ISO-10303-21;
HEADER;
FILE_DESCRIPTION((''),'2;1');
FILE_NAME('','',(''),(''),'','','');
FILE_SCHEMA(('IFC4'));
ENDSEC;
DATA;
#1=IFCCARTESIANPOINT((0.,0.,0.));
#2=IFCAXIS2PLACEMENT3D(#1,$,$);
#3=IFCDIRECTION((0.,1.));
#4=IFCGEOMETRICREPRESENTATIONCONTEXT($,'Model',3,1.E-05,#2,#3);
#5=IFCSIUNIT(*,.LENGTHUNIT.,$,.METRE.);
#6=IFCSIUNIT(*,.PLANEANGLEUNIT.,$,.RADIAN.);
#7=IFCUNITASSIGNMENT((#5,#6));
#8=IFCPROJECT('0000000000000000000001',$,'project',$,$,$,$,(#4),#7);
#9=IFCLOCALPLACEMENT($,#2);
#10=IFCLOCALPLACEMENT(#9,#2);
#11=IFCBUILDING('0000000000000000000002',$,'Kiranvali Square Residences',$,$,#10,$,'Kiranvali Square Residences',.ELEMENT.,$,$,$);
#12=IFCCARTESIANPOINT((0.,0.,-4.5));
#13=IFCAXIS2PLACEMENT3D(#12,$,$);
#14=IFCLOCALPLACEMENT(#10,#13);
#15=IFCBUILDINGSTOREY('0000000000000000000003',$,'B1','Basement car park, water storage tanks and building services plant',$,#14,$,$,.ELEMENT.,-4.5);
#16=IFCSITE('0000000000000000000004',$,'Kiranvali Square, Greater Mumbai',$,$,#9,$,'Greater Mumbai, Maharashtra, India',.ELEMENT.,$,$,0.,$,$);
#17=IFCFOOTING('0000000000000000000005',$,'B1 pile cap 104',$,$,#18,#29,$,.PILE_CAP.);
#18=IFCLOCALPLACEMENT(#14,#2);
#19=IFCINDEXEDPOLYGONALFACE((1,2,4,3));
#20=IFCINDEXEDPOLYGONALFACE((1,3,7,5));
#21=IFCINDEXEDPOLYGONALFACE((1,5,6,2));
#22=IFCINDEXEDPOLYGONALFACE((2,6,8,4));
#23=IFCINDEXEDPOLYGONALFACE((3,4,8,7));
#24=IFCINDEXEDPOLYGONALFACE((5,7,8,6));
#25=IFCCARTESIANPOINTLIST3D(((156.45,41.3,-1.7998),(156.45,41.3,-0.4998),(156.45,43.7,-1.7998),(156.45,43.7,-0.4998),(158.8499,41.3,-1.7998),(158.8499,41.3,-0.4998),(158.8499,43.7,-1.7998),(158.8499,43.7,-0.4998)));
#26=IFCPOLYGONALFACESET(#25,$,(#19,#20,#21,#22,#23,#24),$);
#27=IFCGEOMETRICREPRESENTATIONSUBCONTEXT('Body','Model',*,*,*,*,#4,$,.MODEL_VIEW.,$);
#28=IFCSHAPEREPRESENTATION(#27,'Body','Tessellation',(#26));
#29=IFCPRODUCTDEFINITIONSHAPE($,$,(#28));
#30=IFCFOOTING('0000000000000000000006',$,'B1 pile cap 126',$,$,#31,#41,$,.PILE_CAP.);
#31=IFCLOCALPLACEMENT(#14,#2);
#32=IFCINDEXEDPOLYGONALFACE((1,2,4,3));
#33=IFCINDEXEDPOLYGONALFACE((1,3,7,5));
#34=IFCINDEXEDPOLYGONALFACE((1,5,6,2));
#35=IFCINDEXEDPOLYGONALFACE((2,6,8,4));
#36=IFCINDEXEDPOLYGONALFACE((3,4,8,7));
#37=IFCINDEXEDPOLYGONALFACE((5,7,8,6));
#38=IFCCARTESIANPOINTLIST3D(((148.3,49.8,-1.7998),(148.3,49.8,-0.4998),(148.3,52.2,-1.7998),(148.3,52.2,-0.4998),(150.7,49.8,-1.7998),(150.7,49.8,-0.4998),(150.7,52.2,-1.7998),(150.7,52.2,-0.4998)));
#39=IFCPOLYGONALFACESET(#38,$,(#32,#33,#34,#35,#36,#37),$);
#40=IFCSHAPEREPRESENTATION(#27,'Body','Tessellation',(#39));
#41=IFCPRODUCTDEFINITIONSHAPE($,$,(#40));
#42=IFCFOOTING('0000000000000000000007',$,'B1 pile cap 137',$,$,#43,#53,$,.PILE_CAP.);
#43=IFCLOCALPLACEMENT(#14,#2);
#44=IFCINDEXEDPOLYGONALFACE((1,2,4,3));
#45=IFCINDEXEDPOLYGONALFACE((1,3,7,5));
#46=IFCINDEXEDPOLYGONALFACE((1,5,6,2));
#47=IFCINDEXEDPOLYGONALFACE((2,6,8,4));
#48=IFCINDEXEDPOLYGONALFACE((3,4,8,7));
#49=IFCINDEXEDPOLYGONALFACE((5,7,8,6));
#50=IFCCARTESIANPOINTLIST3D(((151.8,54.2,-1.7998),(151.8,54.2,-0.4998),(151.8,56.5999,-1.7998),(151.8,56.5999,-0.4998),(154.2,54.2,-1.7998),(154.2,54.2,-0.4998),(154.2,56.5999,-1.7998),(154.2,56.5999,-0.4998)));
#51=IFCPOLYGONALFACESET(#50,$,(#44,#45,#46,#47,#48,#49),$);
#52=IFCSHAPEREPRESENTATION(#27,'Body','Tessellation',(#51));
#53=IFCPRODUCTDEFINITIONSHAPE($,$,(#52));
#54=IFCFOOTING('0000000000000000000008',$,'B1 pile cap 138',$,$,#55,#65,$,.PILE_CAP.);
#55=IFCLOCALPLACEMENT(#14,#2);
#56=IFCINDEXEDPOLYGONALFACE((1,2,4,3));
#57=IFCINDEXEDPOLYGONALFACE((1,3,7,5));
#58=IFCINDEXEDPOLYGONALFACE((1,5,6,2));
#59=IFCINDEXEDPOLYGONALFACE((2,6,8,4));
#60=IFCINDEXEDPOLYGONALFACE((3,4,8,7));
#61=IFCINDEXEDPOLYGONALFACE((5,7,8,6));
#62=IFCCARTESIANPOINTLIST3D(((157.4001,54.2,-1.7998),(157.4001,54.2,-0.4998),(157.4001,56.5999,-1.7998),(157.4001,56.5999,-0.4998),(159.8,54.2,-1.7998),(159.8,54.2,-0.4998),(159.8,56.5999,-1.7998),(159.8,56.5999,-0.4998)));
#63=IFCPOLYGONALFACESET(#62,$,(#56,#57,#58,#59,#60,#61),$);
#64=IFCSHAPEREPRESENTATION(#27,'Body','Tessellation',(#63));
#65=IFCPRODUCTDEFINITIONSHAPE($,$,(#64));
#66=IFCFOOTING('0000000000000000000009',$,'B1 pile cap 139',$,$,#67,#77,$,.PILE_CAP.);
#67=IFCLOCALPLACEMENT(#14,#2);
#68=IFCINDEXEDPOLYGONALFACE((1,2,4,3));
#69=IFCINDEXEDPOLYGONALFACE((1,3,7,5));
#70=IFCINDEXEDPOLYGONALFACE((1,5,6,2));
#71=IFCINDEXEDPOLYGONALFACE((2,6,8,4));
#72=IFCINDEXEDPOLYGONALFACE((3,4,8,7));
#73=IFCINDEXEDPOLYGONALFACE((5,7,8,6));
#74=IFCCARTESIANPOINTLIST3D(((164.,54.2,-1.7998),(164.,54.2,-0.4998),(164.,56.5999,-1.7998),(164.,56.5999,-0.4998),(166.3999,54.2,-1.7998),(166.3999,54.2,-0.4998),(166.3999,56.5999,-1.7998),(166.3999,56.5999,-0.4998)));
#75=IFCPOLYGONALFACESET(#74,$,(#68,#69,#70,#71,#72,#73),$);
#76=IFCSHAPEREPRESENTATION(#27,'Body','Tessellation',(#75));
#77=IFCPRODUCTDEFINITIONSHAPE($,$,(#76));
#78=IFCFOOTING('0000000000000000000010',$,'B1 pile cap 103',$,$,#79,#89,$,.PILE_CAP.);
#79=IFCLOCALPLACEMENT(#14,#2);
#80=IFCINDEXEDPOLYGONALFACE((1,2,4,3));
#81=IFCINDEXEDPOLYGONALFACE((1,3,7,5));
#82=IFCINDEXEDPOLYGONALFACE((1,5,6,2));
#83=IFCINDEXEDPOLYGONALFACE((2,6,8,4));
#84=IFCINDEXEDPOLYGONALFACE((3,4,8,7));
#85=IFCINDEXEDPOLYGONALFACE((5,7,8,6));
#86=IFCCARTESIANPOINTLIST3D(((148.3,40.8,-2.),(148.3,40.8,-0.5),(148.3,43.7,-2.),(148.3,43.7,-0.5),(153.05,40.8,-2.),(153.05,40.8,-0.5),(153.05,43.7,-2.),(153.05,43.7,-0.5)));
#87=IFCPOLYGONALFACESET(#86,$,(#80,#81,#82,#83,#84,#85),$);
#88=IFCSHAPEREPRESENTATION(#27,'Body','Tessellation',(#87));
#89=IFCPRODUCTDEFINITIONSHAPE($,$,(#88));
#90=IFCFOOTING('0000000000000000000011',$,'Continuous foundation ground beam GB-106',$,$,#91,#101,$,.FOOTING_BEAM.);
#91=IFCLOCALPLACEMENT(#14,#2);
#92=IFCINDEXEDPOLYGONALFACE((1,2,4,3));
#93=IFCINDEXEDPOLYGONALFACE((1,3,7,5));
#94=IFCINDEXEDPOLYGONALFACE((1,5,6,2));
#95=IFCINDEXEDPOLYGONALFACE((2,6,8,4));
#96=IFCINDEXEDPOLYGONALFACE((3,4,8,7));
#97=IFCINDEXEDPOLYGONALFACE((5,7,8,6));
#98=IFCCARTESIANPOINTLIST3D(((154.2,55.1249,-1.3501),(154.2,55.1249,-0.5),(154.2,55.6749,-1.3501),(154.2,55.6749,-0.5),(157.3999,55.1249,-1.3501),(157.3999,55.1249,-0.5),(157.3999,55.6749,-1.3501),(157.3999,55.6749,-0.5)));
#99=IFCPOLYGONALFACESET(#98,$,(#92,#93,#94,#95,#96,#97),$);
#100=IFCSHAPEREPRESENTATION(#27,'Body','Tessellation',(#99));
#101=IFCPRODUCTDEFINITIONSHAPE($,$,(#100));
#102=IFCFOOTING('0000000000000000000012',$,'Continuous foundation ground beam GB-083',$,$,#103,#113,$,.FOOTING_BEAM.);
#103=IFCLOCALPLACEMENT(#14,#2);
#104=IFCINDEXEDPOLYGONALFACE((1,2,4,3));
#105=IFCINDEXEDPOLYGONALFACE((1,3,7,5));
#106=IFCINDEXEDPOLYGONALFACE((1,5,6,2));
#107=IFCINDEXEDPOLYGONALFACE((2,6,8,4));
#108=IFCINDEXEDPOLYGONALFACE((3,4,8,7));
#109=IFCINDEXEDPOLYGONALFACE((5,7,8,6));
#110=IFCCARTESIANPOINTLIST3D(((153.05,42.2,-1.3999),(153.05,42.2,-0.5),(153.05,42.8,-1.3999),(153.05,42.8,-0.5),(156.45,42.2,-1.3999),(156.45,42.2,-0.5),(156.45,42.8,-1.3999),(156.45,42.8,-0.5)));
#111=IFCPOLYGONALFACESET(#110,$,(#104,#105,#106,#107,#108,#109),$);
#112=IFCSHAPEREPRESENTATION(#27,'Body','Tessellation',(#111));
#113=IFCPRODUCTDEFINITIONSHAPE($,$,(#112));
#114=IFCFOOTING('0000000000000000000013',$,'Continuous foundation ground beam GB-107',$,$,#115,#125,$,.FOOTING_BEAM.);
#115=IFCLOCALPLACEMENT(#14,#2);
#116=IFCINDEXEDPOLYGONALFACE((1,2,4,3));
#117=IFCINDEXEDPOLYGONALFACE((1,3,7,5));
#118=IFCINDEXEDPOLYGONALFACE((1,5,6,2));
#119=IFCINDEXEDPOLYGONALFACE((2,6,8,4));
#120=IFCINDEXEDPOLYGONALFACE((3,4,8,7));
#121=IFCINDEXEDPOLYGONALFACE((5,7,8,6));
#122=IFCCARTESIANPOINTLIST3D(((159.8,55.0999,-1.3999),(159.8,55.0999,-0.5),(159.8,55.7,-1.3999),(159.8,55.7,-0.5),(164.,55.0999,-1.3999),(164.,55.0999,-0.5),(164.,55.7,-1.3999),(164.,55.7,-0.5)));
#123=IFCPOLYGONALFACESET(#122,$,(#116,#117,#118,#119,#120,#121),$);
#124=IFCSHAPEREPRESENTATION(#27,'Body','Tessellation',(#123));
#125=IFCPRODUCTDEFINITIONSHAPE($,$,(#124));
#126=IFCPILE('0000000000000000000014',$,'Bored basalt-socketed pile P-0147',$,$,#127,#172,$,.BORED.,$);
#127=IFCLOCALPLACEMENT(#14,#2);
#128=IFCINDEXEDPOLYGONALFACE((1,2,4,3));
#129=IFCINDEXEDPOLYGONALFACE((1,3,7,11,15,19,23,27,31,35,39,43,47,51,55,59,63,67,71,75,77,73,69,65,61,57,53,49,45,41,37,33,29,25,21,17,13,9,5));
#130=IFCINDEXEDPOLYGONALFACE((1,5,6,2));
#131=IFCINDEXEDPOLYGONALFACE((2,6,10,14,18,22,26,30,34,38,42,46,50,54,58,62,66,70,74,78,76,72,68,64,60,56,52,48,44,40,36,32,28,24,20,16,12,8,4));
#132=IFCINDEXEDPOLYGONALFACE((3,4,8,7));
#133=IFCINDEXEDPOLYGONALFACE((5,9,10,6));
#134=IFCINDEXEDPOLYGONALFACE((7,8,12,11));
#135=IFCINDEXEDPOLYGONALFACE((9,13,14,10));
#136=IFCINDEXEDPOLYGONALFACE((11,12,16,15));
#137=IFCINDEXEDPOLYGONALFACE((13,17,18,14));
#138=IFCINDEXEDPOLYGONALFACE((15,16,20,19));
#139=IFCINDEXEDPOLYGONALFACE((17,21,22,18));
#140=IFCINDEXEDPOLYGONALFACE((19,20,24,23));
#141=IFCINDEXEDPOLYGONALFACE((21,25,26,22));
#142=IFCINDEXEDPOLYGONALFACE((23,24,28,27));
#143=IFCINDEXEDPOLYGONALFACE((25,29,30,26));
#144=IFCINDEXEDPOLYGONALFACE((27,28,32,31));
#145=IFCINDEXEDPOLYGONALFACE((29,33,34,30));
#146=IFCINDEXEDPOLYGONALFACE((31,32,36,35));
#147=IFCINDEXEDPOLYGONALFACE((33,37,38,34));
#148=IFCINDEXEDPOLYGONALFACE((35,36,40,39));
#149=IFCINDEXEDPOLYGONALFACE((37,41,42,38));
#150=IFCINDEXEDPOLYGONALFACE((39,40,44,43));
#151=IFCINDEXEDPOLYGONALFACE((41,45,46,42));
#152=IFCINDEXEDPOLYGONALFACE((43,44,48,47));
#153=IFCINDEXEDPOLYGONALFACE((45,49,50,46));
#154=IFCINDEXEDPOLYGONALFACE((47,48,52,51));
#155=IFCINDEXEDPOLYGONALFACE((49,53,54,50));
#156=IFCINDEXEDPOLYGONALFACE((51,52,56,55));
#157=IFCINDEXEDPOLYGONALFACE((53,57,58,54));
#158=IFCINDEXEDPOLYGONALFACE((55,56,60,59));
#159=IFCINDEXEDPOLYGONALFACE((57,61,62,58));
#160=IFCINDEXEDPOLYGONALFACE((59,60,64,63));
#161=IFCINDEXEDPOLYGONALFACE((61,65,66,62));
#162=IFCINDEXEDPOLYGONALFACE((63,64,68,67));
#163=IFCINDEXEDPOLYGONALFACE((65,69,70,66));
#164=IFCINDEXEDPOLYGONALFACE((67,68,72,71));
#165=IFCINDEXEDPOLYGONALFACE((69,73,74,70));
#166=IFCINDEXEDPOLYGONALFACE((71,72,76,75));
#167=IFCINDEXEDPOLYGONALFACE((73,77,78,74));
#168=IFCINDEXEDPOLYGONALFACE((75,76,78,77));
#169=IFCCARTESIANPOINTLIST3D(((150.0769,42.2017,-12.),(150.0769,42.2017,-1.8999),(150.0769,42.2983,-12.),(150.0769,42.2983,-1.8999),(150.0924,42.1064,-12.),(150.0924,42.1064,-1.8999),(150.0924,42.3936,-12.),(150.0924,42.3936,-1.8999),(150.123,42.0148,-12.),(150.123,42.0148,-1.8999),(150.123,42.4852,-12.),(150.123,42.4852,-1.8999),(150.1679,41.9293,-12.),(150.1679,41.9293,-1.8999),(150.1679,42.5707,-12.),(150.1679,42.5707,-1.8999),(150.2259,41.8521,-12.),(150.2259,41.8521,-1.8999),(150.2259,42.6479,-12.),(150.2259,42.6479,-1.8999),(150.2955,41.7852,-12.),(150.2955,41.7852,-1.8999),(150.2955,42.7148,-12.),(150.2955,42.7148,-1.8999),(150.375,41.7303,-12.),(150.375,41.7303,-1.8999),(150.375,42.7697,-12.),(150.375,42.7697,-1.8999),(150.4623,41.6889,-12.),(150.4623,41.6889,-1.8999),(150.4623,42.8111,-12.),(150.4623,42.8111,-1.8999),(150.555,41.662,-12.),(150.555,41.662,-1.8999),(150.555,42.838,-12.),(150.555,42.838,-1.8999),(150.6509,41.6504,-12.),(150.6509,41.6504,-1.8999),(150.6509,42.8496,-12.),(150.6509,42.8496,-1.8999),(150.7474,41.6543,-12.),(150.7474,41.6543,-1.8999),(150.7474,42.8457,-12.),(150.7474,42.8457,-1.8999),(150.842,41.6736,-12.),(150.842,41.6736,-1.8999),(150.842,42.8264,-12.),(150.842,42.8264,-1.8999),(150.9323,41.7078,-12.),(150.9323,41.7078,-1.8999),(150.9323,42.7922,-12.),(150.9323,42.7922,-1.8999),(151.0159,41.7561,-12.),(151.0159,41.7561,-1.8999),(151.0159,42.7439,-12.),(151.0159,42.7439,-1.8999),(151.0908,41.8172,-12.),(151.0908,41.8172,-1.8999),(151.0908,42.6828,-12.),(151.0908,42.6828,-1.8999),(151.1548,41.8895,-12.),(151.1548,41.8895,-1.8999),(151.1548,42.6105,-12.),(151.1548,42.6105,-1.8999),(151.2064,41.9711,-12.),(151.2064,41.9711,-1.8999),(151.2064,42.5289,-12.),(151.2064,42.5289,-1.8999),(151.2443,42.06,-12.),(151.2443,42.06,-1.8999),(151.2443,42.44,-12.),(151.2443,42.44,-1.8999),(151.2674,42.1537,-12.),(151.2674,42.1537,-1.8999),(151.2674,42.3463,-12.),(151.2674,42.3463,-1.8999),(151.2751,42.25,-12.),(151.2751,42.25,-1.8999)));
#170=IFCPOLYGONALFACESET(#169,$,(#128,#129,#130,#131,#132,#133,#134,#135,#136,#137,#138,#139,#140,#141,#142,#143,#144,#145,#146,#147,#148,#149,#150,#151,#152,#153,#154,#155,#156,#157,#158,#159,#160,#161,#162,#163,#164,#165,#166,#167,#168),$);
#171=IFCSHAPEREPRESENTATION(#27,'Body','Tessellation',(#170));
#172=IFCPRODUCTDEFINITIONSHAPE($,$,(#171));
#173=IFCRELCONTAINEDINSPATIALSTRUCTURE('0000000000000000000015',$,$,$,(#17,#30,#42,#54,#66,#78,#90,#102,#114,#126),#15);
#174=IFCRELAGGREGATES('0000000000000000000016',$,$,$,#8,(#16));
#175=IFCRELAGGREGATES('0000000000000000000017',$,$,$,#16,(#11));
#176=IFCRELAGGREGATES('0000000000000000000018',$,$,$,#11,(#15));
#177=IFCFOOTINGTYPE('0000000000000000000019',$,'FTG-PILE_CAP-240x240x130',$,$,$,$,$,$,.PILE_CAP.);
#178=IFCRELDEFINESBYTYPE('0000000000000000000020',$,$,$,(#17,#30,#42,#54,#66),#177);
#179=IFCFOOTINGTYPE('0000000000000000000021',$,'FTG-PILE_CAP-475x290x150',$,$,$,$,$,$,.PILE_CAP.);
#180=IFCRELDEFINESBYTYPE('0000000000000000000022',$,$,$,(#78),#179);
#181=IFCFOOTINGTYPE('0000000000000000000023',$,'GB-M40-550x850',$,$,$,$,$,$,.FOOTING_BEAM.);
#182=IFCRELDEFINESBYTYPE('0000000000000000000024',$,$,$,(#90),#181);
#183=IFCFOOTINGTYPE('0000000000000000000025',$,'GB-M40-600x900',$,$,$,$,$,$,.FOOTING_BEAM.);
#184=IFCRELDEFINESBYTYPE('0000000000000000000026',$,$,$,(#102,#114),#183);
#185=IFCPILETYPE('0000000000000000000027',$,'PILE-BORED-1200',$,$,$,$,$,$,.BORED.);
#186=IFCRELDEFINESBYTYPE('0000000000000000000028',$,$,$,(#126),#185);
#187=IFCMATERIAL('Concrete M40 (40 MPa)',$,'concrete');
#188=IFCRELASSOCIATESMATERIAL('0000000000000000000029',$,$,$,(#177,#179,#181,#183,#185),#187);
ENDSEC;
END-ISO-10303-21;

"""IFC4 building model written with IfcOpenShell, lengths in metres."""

from ifc_helpers import new_model, si_unit, direction, frame, origin, origin_2d, place, context, subcontext, project, spatial, rectangle, circle, extrude, material, material_profile, profile_set, type_object, element, save


model = new_model("IFC4")

# Units and contexts
model_context = context("Model", 3, precision=1e-05, world=origin(), true_north=direction((0.0, 1.0)))
body_context = subcontext(model_context, "Body", "Model", "MODEL_VIEW")
ifc_project = project(units=[si_unit("LENGTHUNIT", "METRE"), si_unit("PLANEANGLEUNIT", "RADIAN")], contexts=[model_context])

# Site, building, storey
site_placement = place(None, origin())
site = spatial("IfcSite", under=ifc_project, at=site_placement, Name="Kiranvali Square, Greater Mumbai", LongName="Greater Mumbai, Maharashtra, India", CompositionType="ELEMENT", RefElevation=0.0)
building_placement = place(site_placement, origin())
building = spatial("IfcBuilding", under=site, at=building_placement, Name="Kiranvali Square Residences", LongName="Kiranvali Square Residences", CompositionType="ELEMENT")
storey_placement = place(building_placement, frame((0.0, 0.0, -4.5)))
storey = spatial("IfcBuildingStorey", under=building, at=storey_placement, Name="B1", Description="Basement car park, water storage tanks and building services plant", CompositionType="ELEMENT", Elevation=-4.5)

# Footings
ifc_material_1 = material(Name="Concrete M40 (40 MPa)", Category="concrete")
footing_type_1 = type_object("IfcFootingType", Name="FTG-PILE_CAP-240x240x130", PredefinedType="PILE_CAP", material=ifc_material_1)
for number, where, z_axis, x_axis, name in (
    (1, (157.6499, 42.5, -1.7998), (0.0, 0.0, 1.0), (1.0, 0.0, 0.0), "B1 pile cap 104"),
    (2, (149.5, 51.0, -1.7998), (0.0, 0.0, 1.0), (1.0, 0.0, 0.0), "B1 pile cap 126"),
    (3, (153.0, 55.3999, -1.7998), (0.0, 0.0, 1.0), (1.0, 0.0, 0.0), "B1 pile cap 137"),
    (4, (158.6001, 55.3999, -1.7998), (0.0, 0.0, 1.0), (1.0, 0.0, 0.0), "B1 pile cap 138"),
    (5, (165.2, 55.3999, -1.7998), (0.0, 0.0, 1.0), (1.0, 0.0, 0.0), "B1 pile cap 139"),
):
    element("IfcFooting", number, at=place(storey_placement, frame(where, z_axis=z_axis, x_axis=x_axis)), inside=storey, type_object=footing_type_1, Name=name, PredefinedType="PILE_CAP", context=body_context, shape_type="SweptSolid", body=[
        extrude(rectangle(XDim=2.3999, YDim=2.3999, at=origin_2d()), origin(), (0.0, 0.0, 1.0), 1.3),
    ])
footing_type_2 = type_object("IfcFootingType", Name="FTG-PILE_CAP-475x290x150", PredefinedType="PILE_CAP", material=ifc_material_1)
footing_1_placement = place(storey_placement, frame((150.675, 42.25, -2.0), z_axis=(0.0, 0.0, 1.0), x_axis=(1.0, 0.0, 0.0)))
element("IfcFooting", 6, at=footing_1_placement, inside=storey, type_object=footing_type_2, Name="B1 pile cap 103", PredefinedType="PILE_CAP", context=body_context, shape_type="SweptSolid", body=[
    extrude(rectangle(XDim=4.75, YDim=2.8999, at=origin_2d()), origin(), (0.0, 0.0, 1.0), 1.5),
])
ifc_material_profile_1 = material_profile(ifc_material_1, rectangle(XDim=0.55, YDim=0.8501, at=origin_2d()), Name="GB 550x850")
ifc_profile_set_1 = profile_set([ifc_material_profile_1], Name="Concrete M40 (40 MPa)")
footing_type_3 = type_object("IfcFootingType", Name="GB-M40-550x850", PredefinedType="FOOTING_BEAM", material=ifc_profile_set_1)
footing_2_placement = place(storey_placement, frame((154.2, 55.3999, -0.925), z_axis=(1.0, 0.0, 0.0), x_axis=(0.0, 1.0, 0.0)))
element("IfcFooting", 7, at=footing_2_placement, inside=storey, type_object=footing_type_3, Name="Continuous foundation ground beam GB-106", PredefinedType="FOOTING_BEAM", context=body_context, shape_type="SweptSolid", body=[
    extrude(rectangle(XDim=0.55, YDim=0.8501, at=origin_2d()), origin(), (0.0, 0.0, 1.0), 3.2),
])
ifc_material_profile_2 = material_profile(ifc_material_1, rectangle(XDim=0.6001, YDim=0.8999, at=origin_2d()), Name="GB 600x900")
ifc_profile_set_2 = profile_set([ifc_material_profile_2], Name="Concrete M40 (40 MPa)")
footing_type_4 = type_object("IfcFootingType", Name="GB-M40-600x900", PredefinedType="FOOTING_BEAM", material=ifc_profile_set_2)
footing_3_placement = place(storey_placement, frame((153.05, 42.5, -0.95), z_axis=(1.0, 0.0, 0.0), x_axis=(0.0, 1.0, 0.0)))
element("IfcFooting", 8, at=footing_3_placement, inside=storey, type_object=footing_type_4, Name="Continuous foundation ground beam GB-083", PredefinedType="FOOTING_BEAM", context=body_context, shape_type="SweptSolid", body=[
    extrude(rectangle(XDim=0.6001, YDim=0.8999, at=origin_2d()), origin(), (0.0, 0.0, 1.0), 3.3999),
])
footing_4_placement = place(storey_placement, frame((159.8, 55.3999, -0.95), z_axis=(1.0, 0.0, 0.0), x_axis=(0.0, 1.0, 0.0)))
element("IfcFooting", 9, at=footing_4_placement, inside=storey, type_object=footing_type_4, Name="Continuous foundation ground beam GB-107", PredefinedType="FOOTING_BEAM", context=body_context, shape_type="SweptSolid", body=[
    extrude(rectangle(XDim=0.6001, YDim=0.8999, at=origin_2d()), origin(), (0.0, 0.0, 1.0), 4.2),
])

# Pile
ifc_material_profile_3 = material_profile(ifc_material_1, circle(Radius=0.6001, at=origin_2d()), Name="BORED PILE 1200")
ifc_profile_set_3 = profile_set([ifc_material_profile_3], Name="Concrete M40 (40 MPa)")
pile_type = type_object("IfcPileType", Name="PILE-BORED-1200", PredefinedType="BORED", material=ifc_profile_set_3)
pile_placement = place(storey_placement, frame((150.675, 42.25, -1.8999), z_axis=(0.0, 0.0, -1.0), x_axis=(1.0, 0.0, 0.0)))
element("IfcPile", 10, at=pile_placement, inside=storey, type_object=pile_type, Name="Bored basalt-socketed pile P-0147", PredefinedType="BORED", context=body_context, shape_type="SweptSolid", body=[
    extrude(circle(Radius=0.6001, at=origin_2d()), origin(), (0.0, 0.0, 1.0), 10.1001),
])

save(model, "model.ifc")
